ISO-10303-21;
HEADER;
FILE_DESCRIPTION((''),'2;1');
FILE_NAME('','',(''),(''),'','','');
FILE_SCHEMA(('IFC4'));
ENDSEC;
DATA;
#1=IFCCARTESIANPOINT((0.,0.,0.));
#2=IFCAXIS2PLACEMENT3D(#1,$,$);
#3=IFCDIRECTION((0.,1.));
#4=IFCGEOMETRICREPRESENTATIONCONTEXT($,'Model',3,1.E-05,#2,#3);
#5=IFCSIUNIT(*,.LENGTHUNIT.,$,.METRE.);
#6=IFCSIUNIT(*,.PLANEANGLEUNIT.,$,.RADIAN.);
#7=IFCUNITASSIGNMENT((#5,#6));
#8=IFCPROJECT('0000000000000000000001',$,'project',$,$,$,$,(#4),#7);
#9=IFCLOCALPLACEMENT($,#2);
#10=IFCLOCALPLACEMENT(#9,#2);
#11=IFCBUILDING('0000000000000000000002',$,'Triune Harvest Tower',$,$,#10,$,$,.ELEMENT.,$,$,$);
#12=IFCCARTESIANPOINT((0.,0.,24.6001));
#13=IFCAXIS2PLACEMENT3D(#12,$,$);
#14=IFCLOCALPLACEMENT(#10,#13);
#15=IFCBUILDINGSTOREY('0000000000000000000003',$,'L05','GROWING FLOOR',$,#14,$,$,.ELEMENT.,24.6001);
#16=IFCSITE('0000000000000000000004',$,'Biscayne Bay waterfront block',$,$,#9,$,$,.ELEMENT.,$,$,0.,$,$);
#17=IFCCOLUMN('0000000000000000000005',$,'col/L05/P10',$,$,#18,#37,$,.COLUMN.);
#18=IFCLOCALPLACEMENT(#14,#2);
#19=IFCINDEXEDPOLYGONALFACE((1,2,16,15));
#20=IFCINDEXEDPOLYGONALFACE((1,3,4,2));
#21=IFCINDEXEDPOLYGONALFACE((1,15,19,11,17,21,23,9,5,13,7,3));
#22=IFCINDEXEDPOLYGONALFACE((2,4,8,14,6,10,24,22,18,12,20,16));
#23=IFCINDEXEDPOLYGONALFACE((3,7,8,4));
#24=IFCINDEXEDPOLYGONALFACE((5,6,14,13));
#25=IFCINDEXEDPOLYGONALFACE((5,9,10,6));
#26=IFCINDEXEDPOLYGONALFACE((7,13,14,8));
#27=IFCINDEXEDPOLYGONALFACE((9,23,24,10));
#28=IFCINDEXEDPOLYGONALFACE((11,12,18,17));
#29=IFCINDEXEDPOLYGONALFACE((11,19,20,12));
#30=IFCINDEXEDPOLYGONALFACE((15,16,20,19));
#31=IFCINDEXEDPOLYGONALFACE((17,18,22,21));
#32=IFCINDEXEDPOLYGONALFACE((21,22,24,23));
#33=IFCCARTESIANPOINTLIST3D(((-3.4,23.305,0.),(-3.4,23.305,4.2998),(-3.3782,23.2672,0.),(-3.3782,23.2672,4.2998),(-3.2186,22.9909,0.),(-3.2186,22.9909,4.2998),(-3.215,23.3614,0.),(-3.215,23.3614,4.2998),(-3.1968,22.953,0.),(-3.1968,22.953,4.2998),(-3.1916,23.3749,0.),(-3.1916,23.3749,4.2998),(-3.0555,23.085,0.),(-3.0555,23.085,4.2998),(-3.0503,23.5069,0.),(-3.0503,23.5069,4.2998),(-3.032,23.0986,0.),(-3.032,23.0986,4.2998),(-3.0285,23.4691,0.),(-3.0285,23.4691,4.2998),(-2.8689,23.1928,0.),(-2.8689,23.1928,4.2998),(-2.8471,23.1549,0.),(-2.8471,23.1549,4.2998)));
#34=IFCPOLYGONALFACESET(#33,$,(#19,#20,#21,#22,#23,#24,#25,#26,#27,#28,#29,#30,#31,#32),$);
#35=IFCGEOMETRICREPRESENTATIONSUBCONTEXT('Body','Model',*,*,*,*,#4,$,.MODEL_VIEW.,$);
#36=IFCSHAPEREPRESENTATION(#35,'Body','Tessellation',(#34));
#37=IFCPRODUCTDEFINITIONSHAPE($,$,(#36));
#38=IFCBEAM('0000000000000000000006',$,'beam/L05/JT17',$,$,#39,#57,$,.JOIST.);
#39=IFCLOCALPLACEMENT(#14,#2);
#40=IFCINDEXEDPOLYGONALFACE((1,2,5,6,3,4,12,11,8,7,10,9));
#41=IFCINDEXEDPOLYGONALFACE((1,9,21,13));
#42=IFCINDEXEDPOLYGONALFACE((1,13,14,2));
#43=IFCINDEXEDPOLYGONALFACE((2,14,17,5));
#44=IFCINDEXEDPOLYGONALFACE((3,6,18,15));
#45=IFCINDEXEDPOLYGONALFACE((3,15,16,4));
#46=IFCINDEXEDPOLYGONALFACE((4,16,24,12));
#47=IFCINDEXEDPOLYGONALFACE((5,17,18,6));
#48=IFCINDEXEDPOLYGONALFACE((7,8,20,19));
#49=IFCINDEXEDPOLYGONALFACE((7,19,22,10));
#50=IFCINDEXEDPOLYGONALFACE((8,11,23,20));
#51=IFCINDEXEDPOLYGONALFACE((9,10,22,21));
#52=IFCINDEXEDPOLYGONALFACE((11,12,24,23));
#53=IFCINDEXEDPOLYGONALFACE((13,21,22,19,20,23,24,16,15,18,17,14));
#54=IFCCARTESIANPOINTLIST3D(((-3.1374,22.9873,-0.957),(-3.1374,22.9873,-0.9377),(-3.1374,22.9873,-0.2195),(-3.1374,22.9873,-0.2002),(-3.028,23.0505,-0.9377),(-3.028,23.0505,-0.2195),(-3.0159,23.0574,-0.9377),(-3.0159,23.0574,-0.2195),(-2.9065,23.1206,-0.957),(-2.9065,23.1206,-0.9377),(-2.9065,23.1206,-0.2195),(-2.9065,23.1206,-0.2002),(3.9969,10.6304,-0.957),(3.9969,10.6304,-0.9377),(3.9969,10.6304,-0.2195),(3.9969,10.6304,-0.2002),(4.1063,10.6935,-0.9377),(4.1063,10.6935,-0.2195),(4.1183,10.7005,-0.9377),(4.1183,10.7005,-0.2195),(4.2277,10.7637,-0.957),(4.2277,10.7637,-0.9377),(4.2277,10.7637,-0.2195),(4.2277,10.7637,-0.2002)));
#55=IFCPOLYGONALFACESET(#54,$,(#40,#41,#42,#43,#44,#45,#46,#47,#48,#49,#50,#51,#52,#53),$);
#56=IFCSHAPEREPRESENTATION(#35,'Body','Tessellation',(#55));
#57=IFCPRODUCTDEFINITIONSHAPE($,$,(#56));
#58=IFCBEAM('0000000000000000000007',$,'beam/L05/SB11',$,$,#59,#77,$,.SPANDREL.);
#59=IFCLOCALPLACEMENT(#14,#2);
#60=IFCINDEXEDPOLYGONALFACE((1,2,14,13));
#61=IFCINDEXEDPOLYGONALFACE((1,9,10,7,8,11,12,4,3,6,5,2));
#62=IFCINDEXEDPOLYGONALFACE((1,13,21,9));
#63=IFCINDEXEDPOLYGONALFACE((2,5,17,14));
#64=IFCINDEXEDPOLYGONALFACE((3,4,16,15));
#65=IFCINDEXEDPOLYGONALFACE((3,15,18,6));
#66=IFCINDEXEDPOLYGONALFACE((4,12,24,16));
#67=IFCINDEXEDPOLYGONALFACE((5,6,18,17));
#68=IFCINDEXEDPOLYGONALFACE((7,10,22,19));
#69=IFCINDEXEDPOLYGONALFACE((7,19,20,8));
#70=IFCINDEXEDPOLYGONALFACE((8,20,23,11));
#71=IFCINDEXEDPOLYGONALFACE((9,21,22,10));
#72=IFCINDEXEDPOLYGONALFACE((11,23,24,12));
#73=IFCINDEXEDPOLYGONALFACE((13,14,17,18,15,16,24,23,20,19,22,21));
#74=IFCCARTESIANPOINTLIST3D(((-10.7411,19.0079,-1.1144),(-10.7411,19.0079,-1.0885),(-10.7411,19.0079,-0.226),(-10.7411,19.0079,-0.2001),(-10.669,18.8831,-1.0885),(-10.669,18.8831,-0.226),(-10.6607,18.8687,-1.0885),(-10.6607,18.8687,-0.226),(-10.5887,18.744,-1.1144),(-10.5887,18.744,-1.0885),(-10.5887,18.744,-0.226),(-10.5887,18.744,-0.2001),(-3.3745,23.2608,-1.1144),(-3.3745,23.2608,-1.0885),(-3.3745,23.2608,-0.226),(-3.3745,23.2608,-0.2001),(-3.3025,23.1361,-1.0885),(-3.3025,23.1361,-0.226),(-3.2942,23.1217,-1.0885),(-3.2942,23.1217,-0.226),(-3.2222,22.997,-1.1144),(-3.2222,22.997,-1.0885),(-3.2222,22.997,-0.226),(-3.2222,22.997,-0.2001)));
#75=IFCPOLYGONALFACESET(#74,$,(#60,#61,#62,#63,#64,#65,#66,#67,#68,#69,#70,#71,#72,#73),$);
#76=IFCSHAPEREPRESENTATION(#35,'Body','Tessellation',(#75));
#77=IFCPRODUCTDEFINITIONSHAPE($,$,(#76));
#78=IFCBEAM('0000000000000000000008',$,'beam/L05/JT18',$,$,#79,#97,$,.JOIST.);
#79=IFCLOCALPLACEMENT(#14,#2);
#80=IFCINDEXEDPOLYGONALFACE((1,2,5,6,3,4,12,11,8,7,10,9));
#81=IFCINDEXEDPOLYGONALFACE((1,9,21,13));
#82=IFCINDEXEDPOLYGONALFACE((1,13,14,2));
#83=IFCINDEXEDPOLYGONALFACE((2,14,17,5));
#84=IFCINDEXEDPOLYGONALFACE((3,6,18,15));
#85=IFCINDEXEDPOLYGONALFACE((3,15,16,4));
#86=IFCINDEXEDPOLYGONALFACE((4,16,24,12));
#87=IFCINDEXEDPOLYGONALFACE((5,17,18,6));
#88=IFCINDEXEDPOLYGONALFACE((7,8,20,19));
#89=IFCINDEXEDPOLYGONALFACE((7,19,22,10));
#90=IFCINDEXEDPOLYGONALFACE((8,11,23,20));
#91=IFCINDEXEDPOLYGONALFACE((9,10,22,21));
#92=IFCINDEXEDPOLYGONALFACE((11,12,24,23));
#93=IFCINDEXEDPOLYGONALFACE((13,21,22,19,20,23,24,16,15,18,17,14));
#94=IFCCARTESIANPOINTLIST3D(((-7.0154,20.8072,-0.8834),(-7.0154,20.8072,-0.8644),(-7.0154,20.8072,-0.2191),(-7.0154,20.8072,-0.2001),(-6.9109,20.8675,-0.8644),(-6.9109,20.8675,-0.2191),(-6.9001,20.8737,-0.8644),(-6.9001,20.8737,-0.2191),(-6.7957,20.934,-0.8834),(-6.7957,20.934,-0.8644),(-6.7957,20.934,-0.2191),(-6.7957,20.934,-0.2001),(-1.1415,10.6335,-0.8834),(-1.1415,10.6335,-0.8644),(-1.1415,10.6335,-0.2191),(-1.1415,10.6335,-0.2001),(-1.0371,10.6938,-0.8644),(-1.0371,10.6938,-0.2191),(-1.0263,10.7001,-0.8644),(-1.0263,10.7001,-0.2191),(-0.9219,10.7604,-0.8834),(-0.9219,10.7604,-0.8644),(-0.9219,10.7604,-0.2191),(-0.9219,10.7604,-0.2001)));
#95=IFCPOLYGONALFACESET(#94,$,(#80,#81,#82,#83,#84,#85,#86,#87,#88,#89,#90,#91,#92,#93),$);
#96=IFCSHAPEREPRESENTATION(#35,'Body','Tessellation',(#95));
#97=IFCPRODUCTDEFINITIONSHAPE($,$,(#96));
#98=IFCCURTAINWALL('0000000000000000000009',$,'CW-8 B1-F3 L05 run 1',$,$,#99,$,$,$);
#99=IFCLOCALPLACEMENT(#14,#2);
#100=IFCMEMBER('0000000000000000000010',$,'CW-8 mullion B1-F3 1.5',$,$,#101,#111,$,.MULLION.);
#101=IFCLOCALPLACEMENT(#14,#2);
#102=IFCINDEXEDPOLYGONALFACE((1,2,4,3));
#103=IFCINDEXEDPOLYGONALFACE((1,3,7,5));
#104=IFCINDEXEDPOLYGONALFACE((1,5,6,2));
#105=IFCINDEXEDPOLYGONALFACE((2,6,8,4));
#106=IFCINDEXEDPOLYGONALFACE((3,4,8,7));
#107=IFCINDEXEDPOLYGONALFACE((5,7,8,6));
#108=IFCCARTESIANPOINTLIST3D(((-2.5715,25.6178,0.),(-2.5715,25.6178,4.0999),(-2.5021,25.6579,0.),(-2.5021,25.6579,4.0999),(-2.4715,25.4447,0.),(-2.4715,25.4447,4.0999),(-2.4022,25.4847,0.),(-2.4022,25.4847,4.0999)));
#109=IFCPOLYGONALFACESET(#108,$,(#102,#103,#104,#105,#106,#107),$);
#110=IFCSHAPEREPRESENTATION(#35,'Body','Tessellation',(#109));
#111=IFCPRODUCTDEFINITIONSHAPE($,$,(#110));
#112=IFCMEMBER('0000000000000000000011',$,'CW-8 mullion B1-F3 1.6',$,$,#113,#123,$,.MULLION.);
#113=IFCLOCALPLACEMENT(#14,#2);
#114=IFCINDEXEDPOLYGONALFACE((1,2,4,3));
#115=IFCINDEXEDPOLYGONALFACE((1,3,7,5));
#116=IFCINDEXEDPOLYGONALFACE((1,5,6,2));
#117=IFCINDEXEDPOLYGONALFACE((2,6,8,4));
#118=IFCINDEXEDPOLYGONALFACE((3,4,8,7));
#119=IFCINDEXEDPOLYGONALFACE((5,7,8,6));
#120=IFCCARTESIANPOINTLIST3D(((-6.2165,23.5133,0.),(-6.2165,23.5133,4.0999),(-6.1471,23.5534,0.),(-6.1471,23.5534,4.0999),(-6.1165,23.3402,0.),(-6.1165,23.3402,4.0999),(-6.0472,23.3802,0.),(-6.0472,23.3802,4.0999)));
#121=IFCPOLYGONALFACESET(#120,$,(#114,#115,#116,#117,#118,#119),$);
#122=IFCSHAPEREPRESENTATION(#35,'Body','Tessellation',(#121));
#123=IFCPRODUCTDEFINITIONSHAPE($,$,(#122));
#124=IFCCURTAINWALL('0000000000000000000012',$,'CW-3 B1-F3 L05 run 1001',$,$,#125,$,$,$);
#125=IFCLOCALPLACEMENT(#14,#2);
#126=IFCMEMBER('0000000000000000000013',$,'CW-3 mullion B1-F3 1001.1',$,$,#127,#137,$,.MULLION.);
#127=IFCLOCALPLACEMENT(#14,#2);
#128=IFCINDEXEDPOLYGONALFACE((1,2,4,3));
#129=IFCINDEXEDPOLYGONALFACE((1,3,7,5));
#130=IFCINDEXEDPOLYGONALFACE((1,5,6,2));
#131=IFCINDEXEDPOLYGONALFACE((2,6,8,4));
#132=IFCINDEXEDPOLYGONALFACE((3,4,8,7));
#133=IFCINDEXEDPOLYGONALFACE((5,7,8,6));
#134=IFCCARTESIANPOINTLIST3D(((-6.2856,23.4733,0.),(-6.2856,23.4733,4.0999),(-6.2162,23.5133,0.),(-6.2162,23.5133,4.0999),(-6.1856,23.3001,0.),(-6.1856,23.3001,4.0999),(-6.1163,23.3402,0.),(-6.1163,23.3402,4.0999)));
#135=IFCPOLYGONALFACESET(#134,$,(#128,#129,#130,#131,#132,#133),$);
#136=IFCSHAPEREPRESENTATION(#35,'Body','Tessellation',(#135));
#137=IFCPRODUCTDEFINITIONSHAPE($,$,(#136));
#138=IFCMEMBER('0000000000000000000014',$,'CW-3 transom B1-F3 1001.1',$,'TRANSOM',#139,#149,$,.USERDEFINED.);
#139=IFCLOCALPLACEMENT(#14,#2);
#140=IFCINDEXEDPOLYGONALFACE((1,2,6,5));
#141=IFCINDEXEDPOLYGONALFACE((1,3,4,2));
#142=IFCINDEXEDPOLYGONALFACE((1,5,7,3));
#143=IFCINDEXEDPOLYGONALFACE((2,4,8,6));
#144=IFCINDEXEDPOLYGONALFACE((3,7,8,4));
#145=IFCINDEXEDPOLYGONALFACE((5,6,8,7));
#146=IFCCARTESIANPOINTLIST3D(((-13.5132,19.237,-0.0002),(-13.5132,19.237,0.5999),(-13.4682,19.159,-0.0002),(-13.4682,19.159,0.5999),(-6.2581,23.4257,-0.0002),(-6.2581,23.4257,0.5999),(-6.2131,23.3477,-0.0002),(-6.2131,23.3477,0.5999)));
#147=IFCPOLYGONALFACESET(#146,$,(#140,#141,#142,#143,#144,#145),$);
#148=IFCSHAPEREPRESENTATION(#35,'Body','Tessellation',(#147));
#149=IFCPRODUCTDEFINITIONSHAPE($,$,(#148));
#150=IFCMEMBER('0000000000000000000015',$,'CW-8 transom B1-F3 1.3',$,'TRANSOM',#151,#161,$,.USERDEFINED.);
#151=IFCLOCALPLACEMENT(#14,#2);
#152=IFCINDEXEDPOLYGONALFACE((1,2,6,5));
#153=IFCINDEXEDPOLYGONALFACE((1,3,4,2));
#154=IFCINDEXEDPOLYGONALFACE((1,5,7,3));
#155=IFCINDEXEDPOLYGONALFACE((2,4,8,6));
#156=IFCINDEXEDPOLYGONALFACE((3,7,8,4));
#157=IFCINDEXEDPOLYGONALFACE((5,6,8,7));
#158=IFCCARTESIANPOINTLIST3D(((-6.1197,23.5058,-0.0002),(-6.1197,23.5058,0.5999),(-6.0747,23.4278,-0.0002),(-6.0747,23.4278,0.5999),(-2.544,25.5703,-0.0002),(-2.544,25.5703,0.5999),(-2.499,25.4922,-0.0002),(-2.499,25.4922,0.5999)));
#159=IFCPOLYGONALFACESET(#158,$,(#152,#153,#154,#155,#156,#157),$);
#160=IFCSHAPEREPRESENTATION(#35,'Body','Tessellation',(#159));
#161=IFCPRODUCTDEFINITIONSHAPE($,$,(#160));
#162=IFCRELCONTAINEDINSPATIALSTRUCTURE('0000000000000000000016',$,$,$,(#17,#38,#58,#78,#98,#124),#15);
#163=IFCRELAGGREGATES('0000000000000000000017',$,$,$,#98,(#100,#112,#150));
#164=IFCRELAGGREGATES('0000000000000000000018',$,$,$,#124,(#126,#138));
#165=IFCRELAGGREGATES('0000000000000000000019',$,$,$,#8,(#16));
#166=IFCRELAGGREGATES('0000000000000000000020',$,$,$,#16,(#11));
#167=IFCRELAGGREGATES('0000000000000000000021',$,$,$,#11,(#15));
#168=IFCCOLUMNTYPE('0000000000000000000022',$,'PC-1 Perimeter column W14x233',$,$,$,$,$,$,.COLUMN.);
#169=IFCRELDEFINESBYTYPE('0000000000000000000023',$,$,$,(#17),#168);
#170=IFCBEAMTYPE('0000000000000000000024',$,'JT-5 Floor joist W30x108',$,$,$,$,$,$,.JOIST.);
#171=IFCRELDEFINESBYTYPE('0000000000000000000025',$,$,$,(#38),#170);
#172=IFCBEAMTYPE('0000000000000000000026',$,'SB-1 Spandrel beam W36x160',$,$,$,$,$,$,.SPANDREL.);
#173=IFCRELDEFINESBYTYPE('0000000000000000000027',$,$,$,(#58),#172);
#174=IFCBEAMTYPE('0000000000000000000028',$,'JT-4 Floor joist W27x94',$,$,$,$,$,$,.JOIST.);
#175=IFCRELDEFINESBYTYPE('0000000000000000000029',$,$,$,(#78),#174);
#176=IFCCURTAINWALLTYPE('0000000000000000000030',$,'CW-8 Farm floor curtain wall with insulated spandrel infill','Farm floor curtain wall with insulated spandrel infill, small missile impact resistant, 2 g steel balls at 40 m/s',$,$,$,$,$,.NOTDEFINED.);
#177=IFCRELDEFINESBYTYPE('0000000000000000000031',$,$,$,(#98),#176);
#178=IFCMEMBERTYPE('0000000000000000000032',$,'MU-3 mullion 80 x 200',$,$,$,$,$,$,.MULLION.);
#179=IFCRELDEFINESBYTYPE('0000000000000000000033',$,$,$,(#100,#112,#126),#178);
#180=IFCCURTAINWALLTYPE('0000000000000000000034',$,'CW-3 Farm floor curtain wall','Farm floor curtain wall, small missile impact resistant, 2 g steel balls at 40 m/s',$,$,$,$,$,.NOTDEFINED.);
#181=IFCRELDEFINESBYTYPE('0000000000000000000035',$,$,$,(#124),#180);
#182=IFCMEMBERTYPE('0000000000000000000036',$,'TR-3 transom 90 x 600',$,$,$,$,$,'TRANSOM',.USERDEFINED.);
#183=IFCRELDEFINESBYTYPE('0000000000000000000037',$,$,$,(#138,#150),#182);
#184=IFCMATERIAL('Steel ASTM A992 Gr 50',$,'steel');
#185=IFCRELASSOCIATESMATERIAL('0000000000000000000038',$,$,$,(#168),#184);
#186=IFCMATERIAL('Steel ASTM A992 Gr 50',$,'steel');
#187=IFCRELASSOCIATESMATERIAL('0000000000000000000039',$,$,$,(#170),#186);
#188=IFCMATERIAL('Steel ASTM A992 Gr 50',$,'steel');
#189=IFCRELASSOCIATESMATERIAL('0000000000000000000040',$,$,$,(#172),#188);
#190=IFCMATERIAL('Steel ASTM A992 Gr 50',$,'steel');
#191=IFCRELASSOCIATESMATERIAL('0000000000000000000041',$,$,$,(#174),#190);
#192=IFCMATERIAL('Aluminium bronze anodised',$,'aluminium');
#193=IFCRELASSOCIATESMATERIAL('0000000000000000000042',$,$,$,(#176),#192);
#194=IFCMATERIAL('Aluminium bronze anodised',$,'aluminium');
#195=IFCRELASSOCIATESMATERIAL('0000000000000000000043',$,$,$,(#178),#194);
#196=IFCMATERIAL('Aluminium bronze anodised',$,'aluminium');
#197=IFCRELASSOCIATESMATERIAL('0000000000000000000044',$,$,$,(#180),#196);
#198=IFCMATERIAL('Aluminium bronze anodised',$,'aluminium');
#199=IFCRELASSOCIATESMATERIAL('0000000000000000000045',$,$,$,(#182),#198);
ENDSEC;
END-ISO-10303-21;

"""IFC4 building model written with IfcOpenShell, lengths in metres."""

from ifc_helpers import new_model, si_unit, direction, frame, origin, origin_2d, place, context, subcontext, project, spatial, rectangle, i_section, extrude, source, transform, mapped, material, material_profile, profile_set, type_object, element, aggregate, save


model = new_model("IFC4")

# Units and contexts
model_context = context("Model", 3, precision=1e-05, world=origin(), true_north=direction((0.0, 1.0)))
body_context = subcontext(model_context, "Body", "Model", "MODEL_VIEW")
ifc_project = project(units=[si_unit("LENGTHUNIT", "METRE"), si_unit("PLANEANGLEUNIT", "RADIAN")], contexts=[model_context])

# Site, building, storey
site_placement = place(None, origin())
site = spatial("IfcSite", under=ifc_project, at=site_placement, Name="Biscayne Bay waterfront block", CompositionType="ELEMENT", RefElevation=0.0)
building_placement = place(site_placement, origin())
building = spatial("IfcBuilding", under=site, at=building_placement, Name="Triune Harvest Tower", CompositionType="ELEMENT")
storey_placement = place(building_placement, frame((0.0, 0.0, 24.6001)))
storey = spatial("IfcBuildingStorey", under=building, at=storey_placement, Name="L05", Description="GROWING FLOOR", CompositionType="ELEMENT", Elevation=24.6001)

# Column
ifc_material_1 = material(Name="Steel ASTM A992 Gr 50", Category="steel")
ifc_material_profile_1 = material_profile(ifc_material_1, i_section(OverallWidth=0.4038, OverallDepth=0.4065, WebThickness=0.0271, FlangeThickness=0.0437, at=origin_2d()), Name="W14x233")
ifc_profile_set_1 = profile_set([ifc_material_profile_1], Name="Steel ASTM A992 Gr 50")
column_type = type_object("IfcColumnType", Name="PC-1 Perimeter column W14x233", PredefinedType="COLUMN", material=ifc_profile_set_1)
shared_shape_1 = source(origin(), body_context, "Body", "SweptSolid", [
    extrude(i_section(OverallWidth=0.4038, OverallDepth=0.4065, WebThickness=0.0271, FlangeThickness=0.0437, at=origin_2d()), origin(), (0.0, 0.0, 1.0), 4.2998),
])
column_placement = place(storey_placement, frame((-3.1235, 23.23, 0.0), z_axis=(0.0, 0.0, 1.0), x_axis=(-0.866025, -0.5, 0.0)))
element("IfcColumn", 1, at=column_placement, inside=storey, type_object=column_type, Name="col/L05/P10", PredefinedType="COLUMN", context=body_context, shape_type="MappedRepresentation", body=[
    mapped(shared_shape_1, transform((0.0, 0.0, 0.0), scale=1.0)),
])

# Beams
ifc_material_2 = material(Name="Steel ASTM A992 Gr 50", Category="steel")
ifc_material_profile_2 = material_profile(ifc_material_2, i_section(OverallWidth=0.2666, OverallDepth=0.7568, WebThickness=0.0139, FlangeThickness=0.0193, at=origin_2d()), Name="W30x108")
ifc_profile_set_2 = profile_set([ifc_material_profile_2], Name="Steel ASTM A992 Gr 50")
beam_type_1 = type_object("IfcBeamType", Name="JT-5 Floor joist W30x108", PredefinedType="JOIST", material=ifc_profile_set_2)
shared_shape_2 = source(origin(), body_context, "Body", "SweptSolid", [
    extrude(i_section(OverallWidth=0.2666, OverallDepth=0.7568, WebThickness=0.0139, FlangeThickness=0.0193, at=origin_2d()), origin(), (0.0, 0.0, 1.0), 14.2686),
])
beam_1_placement = place(storey_placement, frame((-3.022, 23.054, -0.5786), z_axis=(0.5, -0.866025, 0.0), x_axis=(0.866025, 0.5, 0.0)))
element("IfcBeam", 2, at=beam_1_placement, inside=storey, type_object=beam_type_1, Name="beam/L05/JT17", PredefinedType="JOIST", context=body_context, shape_type="MappedRepresentation", body=[
    mapped(shared_shape_2, transform((0.0, 0.0, 0.0), scale=1.0)),
])
ifc_material_3 = material(Name="Steel ASTM A992 Gr 50", Category="steel")
ifc_material_profile_3 = material_profile(ifc_material_3, i_section(OverallWidth=0.3047, OverallDepth=0.9143, WebThickness=0.0166, FlangeThickness=0.0259, at=origin_2d()), Name="W36x160")
ifc_profile_set_3 = profile_set([ifc_material_profile_3], Name="Steel ASTM A992 Gr 50")
beam_type_2 = type_object("IfcBeamType", Name="SB-1 Spandrel beam W36x160", PredefinedType="SPANDREL", material=ifc_profile_set_3)
shared_shape_3 = source(origin(), body_context, "Body", "SweptSolid", [
    extrude(i_section(OverallWidth=0.3047, OverallDepth=0.9143, WebThickness=0.0166, FlangeThickness=0.0259, at=origin_2d()), origin(), (0.0, 0.0, 1.0), 8.5061),
])
beam_2_placement = place(storey_placement, frame((-3.2983, 23.1289, -0.6572), z_axis=(-0.86603, -0.499992, 0.0), x_axis=(0.499992, -0.86603, 0.0)))
element("IfcBeam", 3, at=beam_2_placement, inside=storey, type_object=beam_type_2, Name="beam/L05/SB11", PredefinedType="SPANDREL", context=body_context, shape_type="MappedRepresentation", body=[
    mapped(shared_shape_3, transform((0.0, 0.0, 0.0), scale=1.0)),
])
ifc_material_4 = material(Name="Steel ASTM A992 Gr 50", Category="steel")
ifc_material_profile_4 = material_profile(ifc_material_4, i_section(OverallWidth=0.2537, OverallDepth=0.6833, WebThickness=0.0125, FlangeThickness=0.019, at=origin_2d()), Name="W27x94")
ifc_profile_set_4 = profile_set([ifc_material_profile_4], Name="Steel ASTM A992 Gr 50")
beam_type_3 = type_object("IfcBeamType", Name="JT-4 Floor joist W27x94", PredefinedType="JOIST", material=ifc_profile_set_4)
shared_shape_4 = source(origin(), body_context, "Body", "SweptSolid", [
    extrude(i_section(OverallWidth=0.2537, OverallDepth=0.6833, WebThickness=0.0125, FlangeThickness=0.019, at=origin_2d()), origin(), (0.0, 0.0, 1.0), 11.7476),
])
beam_3_placement = place(storey_placement, frame((-6.9055, 20.8706, -0.5417), z_axis=(0.500004, -0.866023, 0.0), x_axis=(0.866023, 0.500004, 0.0)))
element("IfcBeam", 4, at=beam_3_placement, inside=storey, type_object=beam_type_3, Name="beam/L05/JT18", PredefinedType="JOIST", context=body_context, shape_type="MappedRepresentation", body=[
    mapped(shared_shape_4, transform((0.0, 0.0, 0.0), scale=1.0)),
])

# Curtain walls, members
ifc_material_5 = material(Name="Aluminium bronze anodised", Category="aluminium")
curtain_wall_type_1 = type_object("IfcCurtainWallType", Name="CW-8 Farm floor curtain wall with insulated spandrel infill", Description="Farm floor curtain wall with insulated spandrel infill, small missile impact resistant, 2 g steel balls at 40 m/s", PredefinedType="NOTDEFINED", material=ifc_material_5)
curtain_wall_1_placement = place(storey_placement, origin())
curtain_wall_1 = element("IfcCurtainWall", 5, at=curtain_wall_1_placement, inside=storey, type_object=curtain_wall_type_1, Name="CW-8 B1-F3 L05 run 1")
ifc_material_6 = material(Name="Aluminium bronze anodised", Category="aluminium")
ifc_material_profile_5 = material_profile(ifc_material_6, rectangle(XDim=0.2, YDim=0.0801, at=origin_2d()), Name="MU-3 mullion 80 x 200")
ifc_profile_set_5 = profile_set([ifc_material_profile_5], Name="Aluminium bronze anodised")
member_type_1 = type_object("IfcMemberType", Name="MU-3 mullion 80 x 200", PredefinedType="MULLION", material=ifc_profile_set_5)
shared_shape_5 = source(origin(), body_context, "Body", "SweptSolid", [
    extrude(rectangle(XDim=0.2, YDim=0.0801, at=origin_2d()), origin(), (0.0, 0.0, 1.0), 4.0999),
])
member_1_placement = place(storey_placement, frame((-2.4868, 25.5513, 0.0), z_axis=(0.0, 0.0, 1.0), x_axis=(0.499999, -0.866026, 0.0)))
member_1 = element("IfcMember", 6, at=member_1_placement, type_object=member_type_1, Name="CW-8 mullion B1-F3 1.5", PredefinedType="MULLION", context=body_context, shape_type="MappedRepresentation", body=[
    mapped(shared_shape_5, transform((0.0, 0.0, 0.0), scale=1.0)),
])
member_2_placement = place(storey_placement, frame((-6.1318, 23.4468, 0.0), z_axis=(0.0, 0.0, 1.0), x_axis=(0.499999, -0.866026, 0.0)))
member_2 = element("IfcMember", 7, at=member_2_placement, type_object=member_type_1, Name="CW-8 mullion B1-F3 1.6", PredefinedType="MULLION", context=body_context, shape_type="MappedRepresentation", body=[
    mapped(shared_shape_5, transform((0.0, 0.0, 0.0), scale=1.0)),
])
ifc_material_7 = material(Name="Aluminium bronze anodised", Category="aluminium")
curtain_wall_type_2 = type_object("IfcCurtainWallType", Name="CW-3 Farm floor curtain wall", Description="Farm floor curtain wall, small missile impact resistant, 2 g steel balls at 40 m/s", PredefinedType="NOTDEFINED", material=ifc_material_7)
curtain_wall_2_placement = place(storey_placement, origin())
curtain_wall_2 = element("IfcCurtainWall", 8, at=curtain_wall_2_placement, inside=storey, type_object=curtain_wall_type_2, Name="CW-3 B1-F3 L05 run 1001")
member_3_placement = place(storey_placement, frame((-6.2009, 23.4067, 0.0), z_axis=(0.0, 0.0, 1.0), x_axis=(0.5, -0.866025, 0.0)))
member_3 = element("IfcMember", 9, at=member_3_placement, type_object=member_type_1, Name="CW-3 mullion B1-F3 1001.1", PredefinedType="MULLION", context=body_context, shape_type="MappedRepresentation", body=[
    mapped(shared_shape_5, transform((0.0, 0.0, 0.0), scale=1.0)),
])
ifc_material_8 = material(Name="Aluminium bronze anodised", Category="aluminium")
ifc_material_profile_6 = material_profile(ifc_material_8, rectangle(XDim=0.0901, YDim=0.6001, at=origin_2d()), Name="TR-3 transom 90 x 600")
ifc_profile_set_6 = profile_set([ifc_material_profile_6], Name="Aluminium bronze anodised")
member_type_2 = type_object("IfcMemberType", Name="TR-3 transom 90 x 600", ElementType="TRANSOM", PredefinedType="USERDEFINED", material=ifc_profile_set_6)
shared_shape_6 = source(origin(), body_context, "Body", "SweptSolid", [
    extrude(rectangle(XDim=0.0901, YDim=0.6001, at=origin_2d()), origin(), (0.0, 0.0, 1.0), 8.3774),
])
member_4_placement = place(storey_placement, frame((-6.2356, 23.3867, 0.2998), z_axis=(-0.866027, -0.499997, 0.0), x_axis=(0.499997, -0.866027, 0.0)))
member_4 = element("IfcMember", 10, at=member_4_placement, type_object=member_type_2, Name="CW-3 transom B1-F3 1001.1", ObjectType="TRANSOM", PredefinedType="USERDEFINED", context=body_context, shape_type="MappedRepresentation", body=[
    mapped(shared_shape_6, transform((0.0, 0.0, 0.0), scale=1.0)),
])

# Member
shared_shape_7 = source(origin(), body_context, "Body", "SweptSolid", [
    extrude(rectangle(XDim=0.0901, YDim=0.6001, at=origin_2d()), origin(), (0.0, 0.0, 1.0), 4.1289),
])
member_5_placement = place(storey_placement, frame((-2.5215, 25.5312, 0.2998), z_axis=(-0.866022, -0.500006, 0.0), x_axis=(0.500006, -0.866022, 0.0)))
member_5 = element("IfcMember", 11, at=member_5_placement, type_object=member_type_2, Name="CW-8 transom B1-F3 1.3", ObjectType="TRANSOM", PredefinedType="USERDEFINED", context=body_context, shape_type="MappedRepresentation", body=[
    mapped(shared_shape_7, transform((0.0, 0.0, 0.0), scale=1.0)),
])

aggregate(curtain_wall_1, [member_1, member_2, member_5])
aggregate(curtain_wall_2, [member_3, member_4])

save(model, "model.ifc")
